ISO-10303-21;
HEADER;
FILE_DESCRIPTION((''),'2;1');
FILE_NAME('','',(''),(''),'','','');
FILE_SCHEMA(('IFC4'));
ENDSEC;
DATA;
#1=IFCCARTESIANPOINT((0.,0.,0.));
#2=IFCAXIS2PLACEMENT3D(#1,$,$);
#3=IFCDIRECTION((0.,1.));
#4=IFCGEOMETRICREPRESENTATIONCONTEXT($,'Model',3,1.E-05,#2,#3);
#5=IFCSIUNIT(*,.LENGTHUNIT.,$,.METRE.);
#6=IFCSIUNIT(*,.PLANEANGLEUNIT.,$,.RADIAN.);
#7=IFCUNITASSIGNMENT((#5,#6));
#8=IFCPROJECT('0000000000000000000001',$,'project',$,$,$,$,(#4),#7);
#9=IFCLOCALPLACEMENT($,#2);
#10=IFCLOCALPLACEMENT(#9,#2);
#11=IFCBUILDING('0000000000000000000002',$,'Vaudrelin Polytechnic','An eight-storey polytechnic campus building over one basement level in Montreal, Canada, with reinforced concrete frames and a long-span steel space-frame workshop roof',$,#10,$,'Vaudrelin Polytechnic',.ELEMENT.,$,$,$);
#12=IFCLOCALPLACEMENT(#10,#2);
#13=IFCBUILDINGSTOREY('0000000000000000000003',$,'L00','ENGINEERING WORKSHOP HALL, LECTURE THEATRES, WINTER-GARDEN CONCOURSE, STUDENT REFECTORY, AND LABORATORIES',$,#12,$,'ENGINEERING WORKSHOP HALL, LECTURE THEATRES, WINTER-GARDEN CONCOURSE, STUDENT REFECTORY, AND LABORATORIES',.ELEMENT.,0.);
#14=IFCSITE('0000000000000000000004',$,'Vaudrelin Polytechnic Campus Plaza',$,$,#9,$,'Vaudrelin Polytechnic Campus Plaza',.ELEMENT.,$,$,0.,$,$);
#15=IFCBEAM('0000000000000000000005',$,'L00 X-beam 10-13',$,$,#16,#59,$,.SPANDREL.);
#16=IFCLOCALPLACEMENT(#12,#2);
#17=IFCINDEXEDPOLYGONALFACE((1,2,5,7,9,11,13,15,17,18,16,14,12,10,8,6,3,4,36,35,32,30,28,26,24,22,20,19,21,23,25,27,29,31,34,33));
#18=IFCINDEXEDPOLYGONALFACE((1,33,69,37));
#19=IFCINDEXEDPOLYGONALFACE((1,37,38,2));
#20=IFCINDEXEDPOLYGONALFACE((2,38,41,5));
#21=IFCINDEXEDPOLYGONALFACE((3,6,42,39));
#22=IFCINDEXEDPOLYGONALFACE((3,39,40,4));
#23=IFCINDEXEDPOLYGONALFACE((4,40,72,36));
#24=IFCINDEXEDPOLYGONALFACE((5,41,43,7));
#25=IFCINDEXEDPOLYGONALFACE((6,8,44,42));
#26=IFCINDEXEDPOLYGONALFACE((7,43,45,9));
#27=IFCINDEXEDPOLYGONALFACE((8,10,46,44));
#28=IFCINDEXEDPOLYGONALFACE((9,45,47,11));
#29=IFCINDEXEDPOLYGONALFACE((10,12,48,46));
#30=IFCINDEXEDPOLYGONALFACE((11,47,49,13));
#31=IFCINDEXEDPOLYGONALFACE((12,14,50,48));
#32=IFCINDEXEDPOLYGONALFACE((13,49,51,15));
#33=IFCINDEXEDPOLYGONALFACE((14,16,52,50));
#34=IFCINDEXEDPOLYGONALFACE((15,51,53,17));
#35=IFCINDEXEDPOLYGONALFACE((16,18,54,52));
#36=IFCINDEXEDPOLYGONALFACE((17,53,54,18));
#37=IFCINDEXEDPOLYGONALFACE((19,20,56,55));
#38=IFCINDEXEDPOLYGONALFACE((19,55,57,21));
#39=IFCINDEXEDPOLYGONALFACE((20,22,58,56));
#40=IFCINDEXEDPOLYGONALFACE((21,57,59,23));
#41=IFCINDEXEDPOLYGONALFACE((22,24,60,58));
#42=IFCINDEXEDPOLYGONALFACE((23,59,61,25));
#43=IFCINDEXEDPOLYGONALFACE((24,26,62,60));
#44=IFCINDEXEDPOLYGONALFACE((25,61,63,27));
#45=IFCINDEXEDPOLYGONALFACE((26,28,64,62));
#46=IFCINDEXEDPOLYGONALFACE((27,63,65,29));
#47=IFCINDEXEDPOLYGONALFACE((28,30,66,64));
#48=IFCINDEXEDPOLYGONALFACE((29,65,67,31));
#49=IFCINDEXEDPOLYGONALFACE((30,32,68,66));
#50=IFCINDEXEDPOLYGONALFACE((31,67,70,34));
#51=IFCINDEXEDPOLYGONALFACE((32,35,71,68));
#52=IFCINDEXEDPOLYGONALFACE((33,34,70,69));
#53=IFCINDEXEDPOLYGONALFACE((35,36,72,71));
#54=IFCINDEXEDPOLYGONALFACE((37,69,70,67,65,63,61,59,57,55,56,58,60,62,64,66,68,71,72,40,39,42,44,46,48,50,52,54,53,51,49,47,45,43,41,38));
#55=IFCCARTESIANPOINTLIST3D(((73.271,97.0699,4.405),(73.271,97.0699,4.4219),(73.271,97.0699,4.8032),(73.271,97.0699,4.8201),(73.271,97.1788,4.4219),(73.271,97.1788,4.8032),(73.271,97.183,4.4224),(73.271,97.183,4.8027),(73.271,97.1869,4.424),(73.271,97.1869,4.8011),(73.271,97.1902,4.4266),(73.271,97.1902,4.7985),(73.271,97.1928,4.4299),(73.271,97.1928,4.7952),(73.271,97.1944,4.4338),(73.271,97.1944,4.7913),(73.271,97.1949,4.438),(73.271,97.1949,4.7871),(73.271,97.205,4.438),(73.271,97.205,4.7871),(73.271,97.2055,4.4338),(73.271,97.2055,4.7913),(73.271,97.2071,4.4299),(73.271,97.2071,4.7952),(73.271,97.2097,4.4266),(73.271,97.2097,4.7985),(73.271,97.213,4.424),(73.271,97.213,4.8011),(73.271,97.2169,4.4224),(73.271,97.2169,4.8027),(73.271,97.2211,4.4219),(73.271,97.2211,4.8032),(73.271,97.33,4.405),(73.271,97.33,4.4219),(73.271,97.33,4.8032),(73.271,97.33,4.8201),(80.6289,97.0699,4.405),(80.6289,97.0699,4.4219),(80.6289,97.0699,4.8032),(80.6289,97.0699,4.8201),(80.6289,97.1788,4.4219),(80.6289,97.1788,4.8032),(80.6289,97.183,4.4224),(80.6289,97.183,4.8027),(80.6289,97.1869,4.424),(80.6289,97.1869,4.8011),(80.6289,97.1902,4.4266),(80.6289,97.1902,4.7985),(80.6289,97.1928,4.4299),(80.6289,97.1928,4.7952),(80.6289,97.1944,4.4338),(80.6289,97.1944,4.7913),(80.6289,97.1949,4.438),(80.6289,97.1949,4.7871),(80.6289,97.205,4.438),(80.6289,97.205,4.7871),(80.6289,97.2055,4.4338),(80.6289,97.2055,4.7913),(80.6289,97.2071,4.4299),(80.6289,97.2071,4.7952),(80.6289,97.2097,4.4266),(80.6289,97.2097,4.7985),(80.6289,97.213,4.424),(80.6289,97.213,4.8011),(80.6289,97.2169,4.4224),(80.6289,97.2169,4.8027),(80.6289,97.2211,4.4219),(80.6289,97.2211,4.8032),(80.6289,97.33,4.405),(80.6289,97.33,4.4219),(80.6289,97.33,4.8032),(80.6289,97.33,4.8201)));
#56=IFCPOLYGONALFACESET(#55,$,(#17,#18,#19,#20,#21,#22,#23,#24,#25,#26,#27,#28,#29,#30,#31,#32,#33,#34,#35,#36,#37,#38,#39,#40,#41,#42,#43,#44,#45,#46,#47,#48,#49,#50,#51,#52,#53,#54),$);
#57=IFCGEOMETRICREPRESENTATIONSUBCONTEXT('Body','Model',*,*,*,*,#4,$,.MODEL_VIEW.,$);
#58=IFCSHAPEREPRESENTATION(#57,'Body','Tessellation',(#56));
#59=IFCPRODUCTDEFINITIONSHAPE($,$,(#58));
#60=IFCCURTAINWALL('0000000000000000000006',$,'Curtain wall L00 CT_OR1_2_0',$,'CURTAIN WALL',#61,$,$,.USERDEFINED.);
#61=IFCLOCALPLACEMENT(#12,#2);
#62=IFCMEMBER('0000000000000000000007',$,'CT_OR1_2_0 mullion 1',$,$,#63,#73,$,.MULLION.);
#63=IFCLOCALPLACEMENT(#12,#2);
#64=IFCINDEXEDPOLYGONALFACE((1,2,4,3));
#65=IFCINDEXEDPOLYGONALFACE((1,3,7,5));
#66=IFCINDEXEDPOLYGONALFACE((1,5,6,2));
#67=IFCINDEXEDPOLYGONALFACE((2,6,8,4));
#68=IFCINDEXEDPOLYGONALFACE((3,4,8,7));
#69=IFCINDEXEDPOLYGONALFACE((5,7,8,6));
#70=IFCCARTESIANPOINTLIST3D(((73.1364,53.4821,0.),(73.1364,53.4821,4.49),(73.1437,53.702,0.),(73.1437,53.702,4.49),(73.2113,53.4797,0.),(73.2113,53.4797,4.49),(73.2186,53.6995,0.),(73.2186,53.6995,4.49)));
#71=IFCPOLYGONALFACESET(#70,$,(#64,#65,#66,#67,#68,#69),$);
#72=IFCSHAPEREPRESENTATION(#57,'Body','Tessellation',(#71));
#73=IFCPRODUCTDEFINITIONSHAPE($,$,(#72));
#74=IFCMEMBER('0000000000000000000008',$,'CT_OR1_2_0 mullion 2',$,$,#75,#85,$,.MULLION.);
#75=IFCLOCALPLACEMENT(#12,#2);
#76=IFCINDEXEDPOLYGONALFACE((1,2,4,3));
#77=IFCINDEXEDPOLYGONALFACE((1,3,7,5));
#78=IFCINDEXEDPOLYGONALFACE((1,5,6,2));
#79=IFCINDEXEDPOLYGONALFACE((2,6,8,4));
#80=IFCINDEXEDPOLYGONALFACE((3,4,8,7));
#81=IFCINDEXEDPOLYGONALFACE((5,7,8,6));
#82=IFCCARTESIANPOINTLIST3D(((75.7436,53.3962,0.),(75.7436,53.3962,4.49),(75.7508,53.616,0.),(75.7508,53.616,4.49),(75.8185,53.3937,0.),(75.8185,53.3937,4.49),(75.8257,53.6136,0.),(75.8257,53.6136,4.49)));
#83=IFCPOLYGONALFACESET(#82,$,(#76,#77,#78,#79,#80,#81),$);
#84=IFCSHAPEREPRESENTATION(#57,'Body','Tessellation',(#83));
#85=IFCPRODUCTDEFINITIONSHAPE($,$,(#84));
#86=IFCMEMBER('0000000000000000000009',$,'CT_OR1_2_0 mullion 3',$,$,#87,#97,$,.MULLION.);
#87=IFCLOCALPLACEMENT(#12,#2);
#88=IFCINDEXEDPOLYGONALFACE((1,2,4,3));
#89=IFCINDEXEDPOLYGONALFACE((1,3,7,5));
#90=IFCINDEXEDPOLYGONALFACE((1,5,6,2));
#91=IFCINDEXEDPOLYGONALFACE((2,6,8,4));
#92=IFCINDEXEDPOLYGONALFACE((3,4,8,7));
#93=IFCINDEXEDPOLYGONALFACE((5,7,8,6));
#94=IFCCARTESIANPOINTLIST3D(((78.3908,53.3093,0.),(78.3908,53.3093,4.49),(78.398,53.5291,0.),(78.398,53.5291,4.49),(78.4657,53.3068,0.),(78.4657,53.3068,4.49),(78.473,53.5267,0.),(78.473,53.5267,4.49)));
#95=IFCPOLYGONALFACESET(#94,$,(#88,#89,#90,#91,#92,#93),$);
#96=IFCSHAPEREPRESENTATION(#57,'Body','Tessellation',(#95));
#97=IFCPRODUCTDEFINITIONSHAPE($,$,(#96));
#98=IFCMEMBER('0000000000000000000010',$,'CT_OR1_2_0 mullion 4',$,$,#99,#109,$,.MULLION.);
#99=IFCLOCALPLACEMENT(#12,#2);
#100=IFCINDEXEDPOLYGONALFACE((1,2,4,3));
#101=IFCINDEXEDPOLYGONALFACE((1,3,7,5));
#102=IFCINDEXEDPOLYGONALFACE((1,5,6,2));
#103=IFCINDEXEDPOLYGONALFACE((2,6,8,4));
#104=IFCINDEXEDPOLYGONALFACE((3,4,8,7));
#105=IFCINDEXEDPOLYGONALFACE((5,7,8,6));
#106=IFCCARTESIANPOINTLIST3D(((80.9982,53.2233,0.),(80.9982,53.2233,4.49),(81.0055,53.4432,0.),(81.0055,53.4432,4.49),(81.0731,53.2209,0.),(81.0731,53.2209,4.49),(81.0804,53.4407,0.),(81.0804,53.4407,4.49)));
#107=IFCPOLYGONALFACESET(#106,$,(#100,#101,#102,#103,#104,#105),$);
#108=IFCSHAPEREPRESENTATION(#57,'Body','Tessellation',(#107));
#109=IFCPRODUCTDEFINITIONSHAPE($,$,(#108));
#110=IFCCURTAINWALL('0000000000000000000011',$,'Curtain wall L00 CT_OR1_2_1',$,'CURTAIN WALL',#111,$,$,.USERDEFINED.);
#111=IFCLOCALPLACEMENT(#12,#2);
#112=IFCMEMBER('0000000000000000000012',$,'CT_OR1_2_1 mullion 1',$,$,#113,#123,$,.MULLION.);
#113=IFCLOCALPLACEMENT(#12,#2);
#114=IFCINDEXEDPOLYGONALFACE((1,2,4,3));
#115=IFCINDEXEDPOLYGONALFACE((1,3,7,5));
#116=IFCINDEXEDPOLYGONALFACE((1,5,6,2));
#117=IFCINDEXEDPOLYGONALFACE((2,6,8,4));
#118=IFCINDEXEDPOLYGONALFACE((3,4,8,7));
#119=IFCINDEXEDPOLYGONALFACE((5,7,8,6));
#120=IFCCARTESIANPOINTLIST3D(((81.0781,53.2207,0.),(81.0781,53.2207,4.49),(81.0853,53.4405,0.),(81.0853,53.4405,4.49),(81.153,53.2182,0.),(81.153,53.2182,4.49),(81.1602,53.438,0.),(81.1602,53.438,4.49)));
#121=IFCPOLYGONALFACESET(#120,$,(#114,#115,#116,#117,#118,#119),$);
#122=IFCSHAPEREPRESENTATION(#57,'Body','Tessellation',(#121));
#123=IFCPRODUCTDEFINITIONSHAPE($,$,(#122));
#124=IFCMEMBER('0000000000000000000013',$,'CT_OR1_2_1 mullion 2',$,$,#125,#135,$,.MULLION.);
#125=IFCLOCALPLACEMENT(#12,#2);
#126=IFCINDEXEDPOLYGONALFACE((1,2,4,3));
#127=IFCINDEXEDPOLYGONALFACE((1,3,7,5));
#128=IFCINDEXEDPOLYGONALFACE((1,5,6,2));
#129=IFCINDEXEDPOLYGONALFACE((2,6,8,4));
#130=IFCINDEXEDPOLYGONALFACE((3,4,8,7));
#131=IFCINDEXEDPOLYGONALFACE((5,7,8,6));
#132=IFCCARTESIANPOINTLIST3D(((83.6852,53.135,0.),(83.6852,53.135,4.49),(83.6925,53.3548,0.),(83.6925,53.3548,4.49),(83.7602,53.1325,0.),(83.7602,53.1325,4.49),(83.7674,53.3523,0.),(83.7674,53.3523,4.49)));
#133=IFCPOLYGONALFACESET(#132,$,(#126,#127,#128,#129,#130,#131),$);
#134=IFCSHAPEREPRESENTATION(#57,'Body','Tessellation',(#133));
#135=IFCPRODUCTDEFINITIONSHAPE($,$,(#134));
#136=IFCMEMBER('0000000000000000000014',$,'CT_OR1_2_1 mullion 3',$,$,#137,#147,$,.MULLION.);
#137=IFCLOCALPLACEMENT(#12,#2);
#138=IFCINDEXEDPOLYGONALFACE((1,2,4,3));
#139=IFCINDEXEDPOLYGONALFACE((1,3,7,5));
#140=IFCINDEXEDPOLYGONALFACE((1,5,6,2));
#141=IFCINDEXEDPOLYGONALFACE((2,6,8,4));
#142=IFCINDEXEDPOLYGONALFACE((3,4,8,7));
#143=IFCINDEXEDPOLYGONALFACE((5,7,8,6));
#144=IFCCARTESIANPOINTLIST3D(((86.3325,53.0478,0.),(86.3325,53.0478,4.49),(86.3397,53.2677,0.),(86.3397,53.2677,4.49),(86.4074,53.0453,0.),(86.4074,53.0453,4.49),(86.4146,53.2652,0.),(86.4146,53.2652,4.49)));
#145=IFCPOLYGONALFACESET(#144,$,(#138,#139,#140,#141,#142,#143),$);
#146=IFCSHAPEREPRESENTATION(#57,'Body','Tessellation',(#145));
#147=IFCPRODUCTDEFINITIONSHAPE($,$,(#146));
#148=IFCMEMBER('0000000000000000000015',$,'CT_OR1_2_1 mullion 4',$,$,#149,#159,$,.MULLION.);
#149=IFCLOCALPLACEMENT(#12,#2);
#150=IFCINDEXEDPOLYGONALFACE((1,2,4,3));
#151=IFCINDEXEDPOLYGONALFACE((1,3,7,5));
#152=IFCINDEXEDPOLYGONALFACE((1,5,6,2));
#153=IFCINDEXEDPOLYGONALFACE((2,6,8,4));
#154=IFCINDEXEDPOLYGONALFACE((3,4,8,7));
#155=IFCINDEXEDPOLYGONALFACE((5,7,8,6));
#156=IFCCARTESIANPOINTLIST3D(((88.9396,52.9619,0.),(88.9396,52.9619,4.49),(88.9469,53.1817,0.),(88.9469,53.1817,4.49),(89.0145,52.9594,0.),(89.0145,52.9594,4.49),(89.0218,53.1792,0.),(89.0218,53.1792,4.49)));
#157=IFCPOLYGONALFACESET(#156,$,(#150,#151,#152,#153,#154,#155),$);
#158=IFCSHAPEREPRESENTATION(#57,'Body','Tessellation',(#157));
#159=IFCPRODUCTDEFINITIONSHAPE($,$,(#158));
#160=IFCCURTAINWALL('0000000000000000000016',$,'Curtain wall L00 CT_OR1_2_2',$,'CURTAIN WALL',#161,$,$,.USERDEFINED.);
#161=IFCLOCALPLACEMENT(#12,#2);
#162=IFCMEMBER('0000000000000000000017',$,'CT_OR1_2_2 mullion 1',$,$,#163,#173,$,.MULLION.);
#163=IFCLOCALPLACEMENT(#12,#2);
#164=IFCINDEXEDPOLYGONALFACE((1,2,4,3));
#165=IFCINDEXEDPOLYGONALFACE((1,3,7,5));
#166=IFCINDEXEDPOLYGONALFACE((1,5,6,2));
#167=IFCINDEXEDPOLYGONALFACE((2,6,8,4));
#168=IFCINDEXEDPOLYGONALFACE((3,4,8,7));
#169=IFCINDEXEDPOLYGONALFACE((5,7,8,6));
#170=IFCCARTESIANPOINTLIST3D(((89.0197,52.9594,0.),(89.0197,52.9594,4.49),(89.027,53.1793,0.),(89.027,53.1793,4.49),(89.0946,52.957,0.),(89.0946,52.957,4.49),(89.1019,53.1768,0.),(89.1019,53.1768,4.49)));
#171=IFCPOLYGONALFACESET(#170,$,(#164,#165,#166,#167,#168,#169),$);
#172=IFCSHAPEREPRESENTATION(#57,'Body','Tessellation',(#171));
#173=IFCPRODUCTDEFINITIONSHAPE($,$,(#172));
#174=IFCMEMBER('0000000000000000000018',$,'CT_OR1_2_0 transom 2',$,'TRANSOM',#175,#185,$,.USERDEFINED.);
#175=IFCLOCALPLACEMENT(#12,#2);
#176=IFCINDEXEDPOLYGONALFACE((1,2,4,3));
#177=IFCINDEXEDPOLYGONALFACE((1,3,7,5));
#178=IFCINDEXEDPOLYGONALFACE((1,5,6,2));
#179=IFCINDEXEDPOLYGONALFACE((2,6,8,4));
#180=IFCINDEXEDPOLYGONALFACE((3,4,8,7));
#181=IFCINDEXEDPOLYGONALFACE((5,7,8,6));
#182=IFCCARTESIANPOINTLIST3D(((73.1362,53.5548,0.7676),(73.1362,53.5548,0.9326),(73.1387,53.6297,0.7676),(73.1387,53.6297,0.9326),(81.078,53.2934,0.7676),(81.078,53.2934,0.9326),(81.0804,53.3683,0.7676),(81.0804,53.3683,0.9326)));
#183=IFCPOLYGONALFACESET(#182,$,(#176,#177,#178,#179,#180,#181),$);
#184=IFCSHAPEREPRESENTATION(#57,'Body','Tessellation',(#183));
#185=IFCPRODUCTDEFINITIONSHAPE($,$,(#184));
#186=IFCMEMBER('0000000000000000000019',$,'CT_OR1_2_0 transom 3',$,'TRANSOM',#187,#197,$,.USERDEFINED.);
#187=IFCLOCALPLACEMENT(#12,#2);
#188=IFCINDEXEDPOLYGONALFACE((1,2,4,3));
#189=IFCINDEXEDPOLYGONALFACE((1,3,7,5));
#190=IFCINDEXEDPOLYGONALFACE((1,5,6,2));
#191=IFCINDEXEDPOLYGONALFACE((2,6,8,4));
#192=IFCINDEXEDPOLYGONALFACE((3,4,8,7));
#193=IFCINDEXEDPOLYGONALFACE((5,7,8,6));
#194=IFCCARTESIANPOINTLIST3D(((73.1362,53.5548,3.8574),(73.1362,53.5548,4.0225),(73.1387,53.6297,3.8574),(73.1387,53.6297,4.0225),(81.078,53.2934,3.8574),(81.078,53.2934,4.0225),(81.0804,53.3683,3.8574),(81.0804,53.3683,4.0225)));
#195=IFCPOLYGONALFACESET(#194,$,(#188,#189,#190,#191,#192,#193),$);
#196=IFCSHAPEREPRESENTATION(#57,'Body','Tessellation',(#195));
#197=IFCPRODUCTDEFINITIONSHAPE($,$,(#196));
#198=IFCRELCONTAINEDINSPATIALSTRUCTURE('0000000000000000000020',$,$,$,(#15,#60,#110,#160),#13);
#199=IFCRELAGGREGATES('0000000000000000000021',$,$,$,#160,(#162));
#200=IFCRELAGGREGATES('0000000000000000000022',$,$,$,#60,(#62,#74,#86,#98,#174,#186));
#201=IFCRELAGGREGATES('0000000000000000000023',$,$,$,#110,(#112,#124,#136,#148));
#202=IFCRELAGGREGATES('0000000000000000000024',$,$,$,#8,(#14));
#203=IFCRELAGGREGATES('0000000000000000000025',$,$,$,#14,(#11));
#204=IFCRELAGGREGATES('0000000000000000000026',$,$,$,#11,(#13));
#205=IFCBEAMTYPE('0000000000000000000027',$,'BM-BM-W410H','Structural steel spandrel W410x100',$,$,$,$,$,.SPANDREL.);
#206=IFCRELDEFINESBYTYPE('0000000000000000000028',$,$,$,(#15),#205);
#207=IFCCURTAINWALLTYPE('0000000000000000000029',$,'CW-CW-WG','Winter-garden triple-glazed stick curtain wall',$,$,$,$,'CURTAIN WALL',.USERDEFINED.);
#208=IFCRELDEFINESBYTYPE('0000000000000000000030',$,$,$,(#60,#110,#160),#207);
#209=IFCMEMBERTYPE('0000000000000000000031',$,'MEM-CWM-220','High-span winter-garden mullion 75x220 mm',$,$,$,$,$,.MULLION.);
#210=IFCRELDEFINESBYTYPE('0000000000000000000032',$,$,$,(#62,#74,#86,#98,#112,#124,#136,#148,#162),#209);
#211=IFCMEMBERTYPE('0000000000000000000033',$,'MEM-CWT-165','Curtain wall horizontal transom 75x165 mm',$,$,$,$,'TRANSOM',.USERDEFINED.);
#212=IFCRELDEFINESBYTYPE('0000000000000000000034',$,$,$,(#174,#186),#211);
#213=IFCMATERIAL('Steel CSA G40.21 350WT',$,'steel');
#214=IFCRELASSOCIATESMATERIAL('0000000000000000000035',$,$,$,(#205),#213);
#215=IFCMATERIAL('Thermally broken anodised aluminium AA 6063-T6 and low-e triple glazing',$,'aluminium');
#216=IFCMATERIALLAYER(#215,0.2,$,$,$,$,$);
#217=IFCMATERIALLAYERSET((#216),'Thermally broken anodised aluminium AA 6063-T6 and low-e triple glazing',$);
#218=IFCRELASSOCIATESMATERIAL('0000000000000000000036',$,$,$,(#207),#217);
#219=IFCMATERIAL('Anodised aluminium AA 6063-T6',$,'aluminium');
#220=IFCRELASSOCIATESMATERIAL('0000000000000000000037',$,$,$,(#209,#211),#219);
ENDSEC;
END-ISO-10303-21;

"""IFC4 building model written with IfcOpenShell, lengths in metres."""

from ifc_helpers import new_model, si_unit, direction, frame, origin, origin_2d, place, context, subcontext, project, spatial, rectangle, i_section, extrude, material, layer, layer_set, material_profile, profile_set, type_object, element, aggregate, save


model = new_model("IFC4")

# Units and contexts
model_context = context("Model", 3, precision=1e-05, world=origin(), true_north=direction((0.0, 1.0)))
body_context = subcontext(model_context, "Body", "Model", "MODEL_VIEW")
ifc_project = project(units=[si_unit("LENGTHUNIT", "METRE"), si_unit("PLANEANGLEUNIT", "RADIAN")], contexts=[model_context])

# Site, building, storey
site_placement = place(None, origin())
site = spatial("IfcSite", under=ifc_project, at=site_placement, Name="Vaudrelin Polytechnic Campus Plaza", LongName="Vaudrelin Polytechnic Campus Plaza", CompositionType="ELEMENT", RefElevation=0.0)
building_placement = place(site_placement, origin())
building = spatial("IfcBuilding", under=site, at=building_placement, Name="Vaudrelin Polytechnic", Description="An eight-storey polytechnic campus building over one basement level in Montreal, Canada, with reinforced concrete frames and a long-span steel space-frame workshop roof", LongName="Vaudrelin Polytechnic", CompositionType="ELEMENT")
storey_placement = place(building_placement, origin())
storey = spatial("IfcBuildingStorey", under=building, at=storey_placement, Name="L00", Description="ENGINEERING WORKSHOP HALL, LECTURE THEATRES, WINTER-GARDEN CONCOURSE, STUDENT REFECTORY, AND LABORATORIES", LongName="ENGINEERING WORKSHOP HALL, LECTURE THEATRES, WINTER-GARDEN CONCOURSE, STUDENT REFECTORY, AND LABORATORIES", CompositionType="ELEMENT", Elevation=0.0)

# Beam
ifc_material_1 = material(Name="Steel CSA G40.21 350WT", Category="steel")
ifc_material_profile_1 = material_profile(ifc_material_1, i_section(OverallWidth=0.26, OverallDepth=0.415, WebThickness=0.01, FlangeThickness=0.0168, FilletRadius=0.0161, at=origin_2d()), Name="W410x100")
ifc_profile_set_1 = profile_set([ifc_material_profile_1], Name="Steel CSA G40.21 350WT")
beam_type = type_object("IfcBeamType", Name="BM-BM-W410H", Description="Structural steel spandrel W410x100", PredefinedType="SPANDREL", material=ifc_profile_set_1)
beam_placement = place(storey_placement, frame((73.271, 97.2, 4.6125), z_axis=(1.0, 0.0, 0.0), x_axis=(0.0, 1.0, 0.0)))
element("IfcBeam", 1, at=beam_placement, inside=storey, type_object=beam_type, Name="L00 X-beam 10-13", PredefinedType="SPANDREL", context=body_context, shape_type="SweptSolid", body=[
    extrude(i_section(OverallWidth=0.26, OverallDepth=0.415, WebThickness=0.01, FlangeThickness=0.0168, FilletRadius=0.0161, at=origin_2d()), origin(), (0.0, 0.0, 1.0), 7.3579),
])

# Curtain walls, members
ifc_material_2 = material(Name="Thermally broken anodised aluminium AA 6063-T6 and low-e triple glazing", Category="aluminium")
ifc_layer_1 = layer(ifc_material_2, 0.2)
ifc_layer_set_1 = layer_set([ifc_layer_1], Name="Thermally broken anodised aluminium AA 6063-T6 and low-e triple glazing")
curtain_wall_type = type_object("IfcCurtainWallType", Name="CW-CW-WG", Description="Winter-garden triple-glazed stick curtain wall", ElementType="CURTAIN WALL", PredefinedType="USERDEFINED", material=ifc_layer_set_1)
curtain_wall_1_placement = place(storey_placement, origin())
curtain_wall_1 = element("IfcCurtainWall", 2, at=curtain_wall_1_placement, inside=storey, type_object=curtain_wall_type, Name="Curtain wall L00 CT_OR1_2_0", ObjectType="CURTAIN WALL", PredefinedType="USERDEFINED")
ifc_material_3 = material(Name="Anodised aluminium AA 6063-T6", Category="aluminium")
ifc_material_profile_2 = material_profile(ifc_material_3, rectangle(XDim=0.075, YDim=0.22, at=origin_2d()), Name="CWM-75x220")
ifc_profile_set_2 = profile_set([ifc_material_profile_2], Name="Anodised aluminium AA 6063-T6")
member_type_1 = type_object("IfcMemberType", Name="MEM-CWM-220", Description="High-span winter-garden mullion 75x220 mm", PredefinedType="MULLION", material=ifc_profile_set_2)
member_1_placement = place(storey_placement, frame((73.1775, 53.5908, 0.0), z_axis=(0.0, 0.0, 1.0), x_axis=(0.999458, -0.03291, 0.0)))
member_1 = element("IfcMember", 3, at=member_1_placement, type_object=member_type_1, Name="CT_OR1_2_0 mullion 1", PredefinedType="MULLION", context=body_context, shape_type="SweptSolid", body=[
    extrude(rectangle(XDim=0.075, YDim=0.22, at=origin_2d()), origin(), (0.0, 0.0, 1.0), 4.49),
])
member_2_placement = place(storey_placement, frame((75.7847, 53.5049, 0.0), z_axis=(0.0, 0.0, 1.0), x_axis=(0.999458, -0.03291, 0.0)))
member_2 = element("IfcMember", 4, at=member_2_placement, type_object=member_type_1, Name="CT_OR1_2_0 mullion 2", PredefinedType="MULLION", context=body_context, shape_type="SweptSolid", body=[
    extrude(rectangle(XDim=0.075, YDim=0.22, at=origin_2d()), origin(), (0.0, 0.0, 1.0), 4.49),
])
member_3_placement = place(storey_placement, frame((78.4319, 53.418, 0.0), z_axis=(0.0, 0.0, 1.0), x_axis=(0.999458, -0.03291, 0.0)))
member_3 = element("IfcMember", 5, at=member_3_placement, type_object=member_type_1, Name="CT_OR1_2_0 mullion 3", PredefinedType="MULLION", context=body_context, shape_type="SweptSolid", body=[
    extrude(rectangle(XDim=0.075, YDim=0.22, at=origin_2d()), origin(), (0.0, 0.0, 1.0), 4.49),
])
member_4_placement = place(storey_placement, frame((81.0393, 53.332, 0.0), z_axis=(0.0, 0.0, 1.0), x_axis=(0.999458, -0.03291, 0.0)))
member_4 = element("IfcMember", 6, at=member_4_placement, type_object=member_type_1, Name="CT_OR1_2_0 mullion 4", PredefinedType="MULLION", context=body_context, shape_type="SweptSolid", body=[
    extrude(rectangle(XDim=0.075, YDim=0.22, at=origin_2d()), origin(), (0.0, 0.0, 1.0), 4.49),
])
curtain_wall_2_placement = place(storey_placement, origin())
curtain_wall_2 = element("IfcCurtainWall", 7, at=curtain_wall_2_placement, inside=storey, type_object=curtain_wall_type, Name="Curtain wall L00 CT_OR1_2_1", ObjectType="CURTAIN WALL", PredefinedType="USERDEFINED")
member_5_placement = place(storey_placement, frame((81.1191, 53.3293, 0.0), z_axis=(0.0, 0.0, 1.0), x_axis=(0.999459, -0.032897, 0.0)))
member_5 = element("IfcMember", 8, at=member_5_placement, type_object=member_type_1, Name="CT_OR1_2_1 mullion 1", PredefinedType="MULLION", context=body_context, shape_type="SweptSolid", body=[
    extrude(rectangle(XDim=0.075, YDim=0.22, at=origin_2d()), origin(), (0.0, 0.0, 1.0), 4.49),
])
member_6_placement = place(storey_placement, frame((83.7263, 53.2437, 0.0), z_axis=(0.0, 0.0, 1.0), x_axis=(0.999459, -0.032897, 0.0)))
member_6 = element("IfcMember", 9, at=member_6_placement, type_object=member_type_1, Name="CT_OR1_2_1 mullion 2", PredefinedType="MULLION", context=body_context, shape_type="SweptSolid", body=[
    extrude(rectangle(XDim=0.075, YDim=0.22, at=origin_2d()), origin(), (0.0, 0.0, 1.0), 4.49),
])
member_7_placement = place(storey_placement, frame((86.3735, 53.1565, 0.0), z_axis=(0.0, 0.0, 1.0), x_axis=(0.999459, -0.032897, 0.0)))
member_7 = element("IfcMember", 10, at=member_7_placement, type_object=member_type_1, Name="CT_OR1_2_1 mullion 3", PredefinedType="MULLION", context=body_context, shape_type="SweptSolid", body=[
    extrude(rectangle(XDim=0.075, YDim=0.22, at=origin_2d()), origin(), (0.0, 0.0, 1.0), 4.49),
])
member_8_placement = place(storey_placement, frame((88.9807, 53.0706, 0.0), z_axis=(0.0, 0.0, 1.0), x_axis=(0.999459, -0.032897, 0.0)))
member_8 = element("IfcMember", 11, at=member_8_placement, type_object=member_type_1, Name="CT_OR1_2_1 mullion 4", PredefinedType="MULLION", context=body_context, shape_type="SweptSolid", body=[
    extrude(rectangle(XDim=0.075, YDim=0.22, at=origin_2d()), origin(), (0.0, 0.0, 1.0), 4.49),
])

# Curtain wall, member
curtain_wall_3_placement = place(storey_placement, origin())
curtain_wall_3 = element("IfcCurtainWall", 12, at=curtain_wall_3_placement, inside=storey, type_object=curtain_wall_type, Name="Curtain wall L00 CT_OR1_2_2", ObjectType="CURTAIN WALL", PredefinedType="USERDEFINED")
member_9_placement = place(storey_placement, frame((89.0608, 53.0681, 0.0), z_axis=(0.0, 0.0, 1.0), x_axis=(0.999458, -0.03291, 0.0)))
member_9 = element("IfcMember", 13, at=member_9_placement, type_object=member_type_1, Name="CT_OR1_2_2 mullion 1", PredefinedType="MULLION", context=body_context, shape_type="SweptSolid", body=[
    extrude(rectangle(XDim=0.075, YDim=0.22, at=origin_2d()), origin(), (0.0, 0.0, 1.0), 4.49),
])

# Members
ifc_material_profile_3 = material_profile(ifc_material_3, rectangle(XDim=0.075, YDim=0.165, at=origin_2d()), Name="CWT-75x165")
ifc_profile_set_3 = profile_set([ifc_material_profile_3], Name="Anodised aluminium AA 6063-T6")
member_type_2 = type_object("IfcMemberType", Name="MEM-CWT-165", Description="Curtain wall horizontal transom 75x165 mm", ElementType="TRANSOM", PredefinedType="USERDEFINED", material=ifc_profile_set_3)
member_10_placement = place(storey_placement, frame((73.1375, 53.5923, 0.8501), z_axis=(0.999458, -0.032907, 0.0), x_axis=(0.032907, 0.999458, 0.0)))
member_10 = element("IfcMember", 14, at=member_10_placement, type_object=member_type_2, Name="CT_OR1_2_0 transom 2", ObjectType="TRANSOM", PredefinedType="USERDEFINED", context=body_context, shape_type="SweptSolid", body=[
    extrude(rectangle(XDim=0.075, YDim=0.165, at=origin_2d()), origin(), (0.0, 0.0, 1.0), 7.946),
])
member_11_placement = place(storey_placement, frame((73.1375, 53.5923, 3.9399), z_axis=(0.999458, -0.032907, 0.0), x_axis=(0.032907, 0.999458, 0.0)))
member_11 = element("IfcMember", 15, at=member_11_placement, type_object=member_type_2, Name="CT_OR1_2_0 transom 3", ObjectType="TRANSOM", PredefinedType="USERDEFINED", context=body_context, shape_type="SweptSolid", body=[
    extrude(rectangle(XDim=0.075, YDim=0.165, at=origin_2d()), origin(), (0.0, 0.0, 1.0), 7.946),
])
aggregate(curtain_wall_3, [member_9])

aggregate(curtain_wall_1, [member_1, member_2, member_3, member_4, member_10, member_11])
aggregate(curtain_wall_2, [member_5, member_6, member_7, member_8])

save(model, "model.ifc")
